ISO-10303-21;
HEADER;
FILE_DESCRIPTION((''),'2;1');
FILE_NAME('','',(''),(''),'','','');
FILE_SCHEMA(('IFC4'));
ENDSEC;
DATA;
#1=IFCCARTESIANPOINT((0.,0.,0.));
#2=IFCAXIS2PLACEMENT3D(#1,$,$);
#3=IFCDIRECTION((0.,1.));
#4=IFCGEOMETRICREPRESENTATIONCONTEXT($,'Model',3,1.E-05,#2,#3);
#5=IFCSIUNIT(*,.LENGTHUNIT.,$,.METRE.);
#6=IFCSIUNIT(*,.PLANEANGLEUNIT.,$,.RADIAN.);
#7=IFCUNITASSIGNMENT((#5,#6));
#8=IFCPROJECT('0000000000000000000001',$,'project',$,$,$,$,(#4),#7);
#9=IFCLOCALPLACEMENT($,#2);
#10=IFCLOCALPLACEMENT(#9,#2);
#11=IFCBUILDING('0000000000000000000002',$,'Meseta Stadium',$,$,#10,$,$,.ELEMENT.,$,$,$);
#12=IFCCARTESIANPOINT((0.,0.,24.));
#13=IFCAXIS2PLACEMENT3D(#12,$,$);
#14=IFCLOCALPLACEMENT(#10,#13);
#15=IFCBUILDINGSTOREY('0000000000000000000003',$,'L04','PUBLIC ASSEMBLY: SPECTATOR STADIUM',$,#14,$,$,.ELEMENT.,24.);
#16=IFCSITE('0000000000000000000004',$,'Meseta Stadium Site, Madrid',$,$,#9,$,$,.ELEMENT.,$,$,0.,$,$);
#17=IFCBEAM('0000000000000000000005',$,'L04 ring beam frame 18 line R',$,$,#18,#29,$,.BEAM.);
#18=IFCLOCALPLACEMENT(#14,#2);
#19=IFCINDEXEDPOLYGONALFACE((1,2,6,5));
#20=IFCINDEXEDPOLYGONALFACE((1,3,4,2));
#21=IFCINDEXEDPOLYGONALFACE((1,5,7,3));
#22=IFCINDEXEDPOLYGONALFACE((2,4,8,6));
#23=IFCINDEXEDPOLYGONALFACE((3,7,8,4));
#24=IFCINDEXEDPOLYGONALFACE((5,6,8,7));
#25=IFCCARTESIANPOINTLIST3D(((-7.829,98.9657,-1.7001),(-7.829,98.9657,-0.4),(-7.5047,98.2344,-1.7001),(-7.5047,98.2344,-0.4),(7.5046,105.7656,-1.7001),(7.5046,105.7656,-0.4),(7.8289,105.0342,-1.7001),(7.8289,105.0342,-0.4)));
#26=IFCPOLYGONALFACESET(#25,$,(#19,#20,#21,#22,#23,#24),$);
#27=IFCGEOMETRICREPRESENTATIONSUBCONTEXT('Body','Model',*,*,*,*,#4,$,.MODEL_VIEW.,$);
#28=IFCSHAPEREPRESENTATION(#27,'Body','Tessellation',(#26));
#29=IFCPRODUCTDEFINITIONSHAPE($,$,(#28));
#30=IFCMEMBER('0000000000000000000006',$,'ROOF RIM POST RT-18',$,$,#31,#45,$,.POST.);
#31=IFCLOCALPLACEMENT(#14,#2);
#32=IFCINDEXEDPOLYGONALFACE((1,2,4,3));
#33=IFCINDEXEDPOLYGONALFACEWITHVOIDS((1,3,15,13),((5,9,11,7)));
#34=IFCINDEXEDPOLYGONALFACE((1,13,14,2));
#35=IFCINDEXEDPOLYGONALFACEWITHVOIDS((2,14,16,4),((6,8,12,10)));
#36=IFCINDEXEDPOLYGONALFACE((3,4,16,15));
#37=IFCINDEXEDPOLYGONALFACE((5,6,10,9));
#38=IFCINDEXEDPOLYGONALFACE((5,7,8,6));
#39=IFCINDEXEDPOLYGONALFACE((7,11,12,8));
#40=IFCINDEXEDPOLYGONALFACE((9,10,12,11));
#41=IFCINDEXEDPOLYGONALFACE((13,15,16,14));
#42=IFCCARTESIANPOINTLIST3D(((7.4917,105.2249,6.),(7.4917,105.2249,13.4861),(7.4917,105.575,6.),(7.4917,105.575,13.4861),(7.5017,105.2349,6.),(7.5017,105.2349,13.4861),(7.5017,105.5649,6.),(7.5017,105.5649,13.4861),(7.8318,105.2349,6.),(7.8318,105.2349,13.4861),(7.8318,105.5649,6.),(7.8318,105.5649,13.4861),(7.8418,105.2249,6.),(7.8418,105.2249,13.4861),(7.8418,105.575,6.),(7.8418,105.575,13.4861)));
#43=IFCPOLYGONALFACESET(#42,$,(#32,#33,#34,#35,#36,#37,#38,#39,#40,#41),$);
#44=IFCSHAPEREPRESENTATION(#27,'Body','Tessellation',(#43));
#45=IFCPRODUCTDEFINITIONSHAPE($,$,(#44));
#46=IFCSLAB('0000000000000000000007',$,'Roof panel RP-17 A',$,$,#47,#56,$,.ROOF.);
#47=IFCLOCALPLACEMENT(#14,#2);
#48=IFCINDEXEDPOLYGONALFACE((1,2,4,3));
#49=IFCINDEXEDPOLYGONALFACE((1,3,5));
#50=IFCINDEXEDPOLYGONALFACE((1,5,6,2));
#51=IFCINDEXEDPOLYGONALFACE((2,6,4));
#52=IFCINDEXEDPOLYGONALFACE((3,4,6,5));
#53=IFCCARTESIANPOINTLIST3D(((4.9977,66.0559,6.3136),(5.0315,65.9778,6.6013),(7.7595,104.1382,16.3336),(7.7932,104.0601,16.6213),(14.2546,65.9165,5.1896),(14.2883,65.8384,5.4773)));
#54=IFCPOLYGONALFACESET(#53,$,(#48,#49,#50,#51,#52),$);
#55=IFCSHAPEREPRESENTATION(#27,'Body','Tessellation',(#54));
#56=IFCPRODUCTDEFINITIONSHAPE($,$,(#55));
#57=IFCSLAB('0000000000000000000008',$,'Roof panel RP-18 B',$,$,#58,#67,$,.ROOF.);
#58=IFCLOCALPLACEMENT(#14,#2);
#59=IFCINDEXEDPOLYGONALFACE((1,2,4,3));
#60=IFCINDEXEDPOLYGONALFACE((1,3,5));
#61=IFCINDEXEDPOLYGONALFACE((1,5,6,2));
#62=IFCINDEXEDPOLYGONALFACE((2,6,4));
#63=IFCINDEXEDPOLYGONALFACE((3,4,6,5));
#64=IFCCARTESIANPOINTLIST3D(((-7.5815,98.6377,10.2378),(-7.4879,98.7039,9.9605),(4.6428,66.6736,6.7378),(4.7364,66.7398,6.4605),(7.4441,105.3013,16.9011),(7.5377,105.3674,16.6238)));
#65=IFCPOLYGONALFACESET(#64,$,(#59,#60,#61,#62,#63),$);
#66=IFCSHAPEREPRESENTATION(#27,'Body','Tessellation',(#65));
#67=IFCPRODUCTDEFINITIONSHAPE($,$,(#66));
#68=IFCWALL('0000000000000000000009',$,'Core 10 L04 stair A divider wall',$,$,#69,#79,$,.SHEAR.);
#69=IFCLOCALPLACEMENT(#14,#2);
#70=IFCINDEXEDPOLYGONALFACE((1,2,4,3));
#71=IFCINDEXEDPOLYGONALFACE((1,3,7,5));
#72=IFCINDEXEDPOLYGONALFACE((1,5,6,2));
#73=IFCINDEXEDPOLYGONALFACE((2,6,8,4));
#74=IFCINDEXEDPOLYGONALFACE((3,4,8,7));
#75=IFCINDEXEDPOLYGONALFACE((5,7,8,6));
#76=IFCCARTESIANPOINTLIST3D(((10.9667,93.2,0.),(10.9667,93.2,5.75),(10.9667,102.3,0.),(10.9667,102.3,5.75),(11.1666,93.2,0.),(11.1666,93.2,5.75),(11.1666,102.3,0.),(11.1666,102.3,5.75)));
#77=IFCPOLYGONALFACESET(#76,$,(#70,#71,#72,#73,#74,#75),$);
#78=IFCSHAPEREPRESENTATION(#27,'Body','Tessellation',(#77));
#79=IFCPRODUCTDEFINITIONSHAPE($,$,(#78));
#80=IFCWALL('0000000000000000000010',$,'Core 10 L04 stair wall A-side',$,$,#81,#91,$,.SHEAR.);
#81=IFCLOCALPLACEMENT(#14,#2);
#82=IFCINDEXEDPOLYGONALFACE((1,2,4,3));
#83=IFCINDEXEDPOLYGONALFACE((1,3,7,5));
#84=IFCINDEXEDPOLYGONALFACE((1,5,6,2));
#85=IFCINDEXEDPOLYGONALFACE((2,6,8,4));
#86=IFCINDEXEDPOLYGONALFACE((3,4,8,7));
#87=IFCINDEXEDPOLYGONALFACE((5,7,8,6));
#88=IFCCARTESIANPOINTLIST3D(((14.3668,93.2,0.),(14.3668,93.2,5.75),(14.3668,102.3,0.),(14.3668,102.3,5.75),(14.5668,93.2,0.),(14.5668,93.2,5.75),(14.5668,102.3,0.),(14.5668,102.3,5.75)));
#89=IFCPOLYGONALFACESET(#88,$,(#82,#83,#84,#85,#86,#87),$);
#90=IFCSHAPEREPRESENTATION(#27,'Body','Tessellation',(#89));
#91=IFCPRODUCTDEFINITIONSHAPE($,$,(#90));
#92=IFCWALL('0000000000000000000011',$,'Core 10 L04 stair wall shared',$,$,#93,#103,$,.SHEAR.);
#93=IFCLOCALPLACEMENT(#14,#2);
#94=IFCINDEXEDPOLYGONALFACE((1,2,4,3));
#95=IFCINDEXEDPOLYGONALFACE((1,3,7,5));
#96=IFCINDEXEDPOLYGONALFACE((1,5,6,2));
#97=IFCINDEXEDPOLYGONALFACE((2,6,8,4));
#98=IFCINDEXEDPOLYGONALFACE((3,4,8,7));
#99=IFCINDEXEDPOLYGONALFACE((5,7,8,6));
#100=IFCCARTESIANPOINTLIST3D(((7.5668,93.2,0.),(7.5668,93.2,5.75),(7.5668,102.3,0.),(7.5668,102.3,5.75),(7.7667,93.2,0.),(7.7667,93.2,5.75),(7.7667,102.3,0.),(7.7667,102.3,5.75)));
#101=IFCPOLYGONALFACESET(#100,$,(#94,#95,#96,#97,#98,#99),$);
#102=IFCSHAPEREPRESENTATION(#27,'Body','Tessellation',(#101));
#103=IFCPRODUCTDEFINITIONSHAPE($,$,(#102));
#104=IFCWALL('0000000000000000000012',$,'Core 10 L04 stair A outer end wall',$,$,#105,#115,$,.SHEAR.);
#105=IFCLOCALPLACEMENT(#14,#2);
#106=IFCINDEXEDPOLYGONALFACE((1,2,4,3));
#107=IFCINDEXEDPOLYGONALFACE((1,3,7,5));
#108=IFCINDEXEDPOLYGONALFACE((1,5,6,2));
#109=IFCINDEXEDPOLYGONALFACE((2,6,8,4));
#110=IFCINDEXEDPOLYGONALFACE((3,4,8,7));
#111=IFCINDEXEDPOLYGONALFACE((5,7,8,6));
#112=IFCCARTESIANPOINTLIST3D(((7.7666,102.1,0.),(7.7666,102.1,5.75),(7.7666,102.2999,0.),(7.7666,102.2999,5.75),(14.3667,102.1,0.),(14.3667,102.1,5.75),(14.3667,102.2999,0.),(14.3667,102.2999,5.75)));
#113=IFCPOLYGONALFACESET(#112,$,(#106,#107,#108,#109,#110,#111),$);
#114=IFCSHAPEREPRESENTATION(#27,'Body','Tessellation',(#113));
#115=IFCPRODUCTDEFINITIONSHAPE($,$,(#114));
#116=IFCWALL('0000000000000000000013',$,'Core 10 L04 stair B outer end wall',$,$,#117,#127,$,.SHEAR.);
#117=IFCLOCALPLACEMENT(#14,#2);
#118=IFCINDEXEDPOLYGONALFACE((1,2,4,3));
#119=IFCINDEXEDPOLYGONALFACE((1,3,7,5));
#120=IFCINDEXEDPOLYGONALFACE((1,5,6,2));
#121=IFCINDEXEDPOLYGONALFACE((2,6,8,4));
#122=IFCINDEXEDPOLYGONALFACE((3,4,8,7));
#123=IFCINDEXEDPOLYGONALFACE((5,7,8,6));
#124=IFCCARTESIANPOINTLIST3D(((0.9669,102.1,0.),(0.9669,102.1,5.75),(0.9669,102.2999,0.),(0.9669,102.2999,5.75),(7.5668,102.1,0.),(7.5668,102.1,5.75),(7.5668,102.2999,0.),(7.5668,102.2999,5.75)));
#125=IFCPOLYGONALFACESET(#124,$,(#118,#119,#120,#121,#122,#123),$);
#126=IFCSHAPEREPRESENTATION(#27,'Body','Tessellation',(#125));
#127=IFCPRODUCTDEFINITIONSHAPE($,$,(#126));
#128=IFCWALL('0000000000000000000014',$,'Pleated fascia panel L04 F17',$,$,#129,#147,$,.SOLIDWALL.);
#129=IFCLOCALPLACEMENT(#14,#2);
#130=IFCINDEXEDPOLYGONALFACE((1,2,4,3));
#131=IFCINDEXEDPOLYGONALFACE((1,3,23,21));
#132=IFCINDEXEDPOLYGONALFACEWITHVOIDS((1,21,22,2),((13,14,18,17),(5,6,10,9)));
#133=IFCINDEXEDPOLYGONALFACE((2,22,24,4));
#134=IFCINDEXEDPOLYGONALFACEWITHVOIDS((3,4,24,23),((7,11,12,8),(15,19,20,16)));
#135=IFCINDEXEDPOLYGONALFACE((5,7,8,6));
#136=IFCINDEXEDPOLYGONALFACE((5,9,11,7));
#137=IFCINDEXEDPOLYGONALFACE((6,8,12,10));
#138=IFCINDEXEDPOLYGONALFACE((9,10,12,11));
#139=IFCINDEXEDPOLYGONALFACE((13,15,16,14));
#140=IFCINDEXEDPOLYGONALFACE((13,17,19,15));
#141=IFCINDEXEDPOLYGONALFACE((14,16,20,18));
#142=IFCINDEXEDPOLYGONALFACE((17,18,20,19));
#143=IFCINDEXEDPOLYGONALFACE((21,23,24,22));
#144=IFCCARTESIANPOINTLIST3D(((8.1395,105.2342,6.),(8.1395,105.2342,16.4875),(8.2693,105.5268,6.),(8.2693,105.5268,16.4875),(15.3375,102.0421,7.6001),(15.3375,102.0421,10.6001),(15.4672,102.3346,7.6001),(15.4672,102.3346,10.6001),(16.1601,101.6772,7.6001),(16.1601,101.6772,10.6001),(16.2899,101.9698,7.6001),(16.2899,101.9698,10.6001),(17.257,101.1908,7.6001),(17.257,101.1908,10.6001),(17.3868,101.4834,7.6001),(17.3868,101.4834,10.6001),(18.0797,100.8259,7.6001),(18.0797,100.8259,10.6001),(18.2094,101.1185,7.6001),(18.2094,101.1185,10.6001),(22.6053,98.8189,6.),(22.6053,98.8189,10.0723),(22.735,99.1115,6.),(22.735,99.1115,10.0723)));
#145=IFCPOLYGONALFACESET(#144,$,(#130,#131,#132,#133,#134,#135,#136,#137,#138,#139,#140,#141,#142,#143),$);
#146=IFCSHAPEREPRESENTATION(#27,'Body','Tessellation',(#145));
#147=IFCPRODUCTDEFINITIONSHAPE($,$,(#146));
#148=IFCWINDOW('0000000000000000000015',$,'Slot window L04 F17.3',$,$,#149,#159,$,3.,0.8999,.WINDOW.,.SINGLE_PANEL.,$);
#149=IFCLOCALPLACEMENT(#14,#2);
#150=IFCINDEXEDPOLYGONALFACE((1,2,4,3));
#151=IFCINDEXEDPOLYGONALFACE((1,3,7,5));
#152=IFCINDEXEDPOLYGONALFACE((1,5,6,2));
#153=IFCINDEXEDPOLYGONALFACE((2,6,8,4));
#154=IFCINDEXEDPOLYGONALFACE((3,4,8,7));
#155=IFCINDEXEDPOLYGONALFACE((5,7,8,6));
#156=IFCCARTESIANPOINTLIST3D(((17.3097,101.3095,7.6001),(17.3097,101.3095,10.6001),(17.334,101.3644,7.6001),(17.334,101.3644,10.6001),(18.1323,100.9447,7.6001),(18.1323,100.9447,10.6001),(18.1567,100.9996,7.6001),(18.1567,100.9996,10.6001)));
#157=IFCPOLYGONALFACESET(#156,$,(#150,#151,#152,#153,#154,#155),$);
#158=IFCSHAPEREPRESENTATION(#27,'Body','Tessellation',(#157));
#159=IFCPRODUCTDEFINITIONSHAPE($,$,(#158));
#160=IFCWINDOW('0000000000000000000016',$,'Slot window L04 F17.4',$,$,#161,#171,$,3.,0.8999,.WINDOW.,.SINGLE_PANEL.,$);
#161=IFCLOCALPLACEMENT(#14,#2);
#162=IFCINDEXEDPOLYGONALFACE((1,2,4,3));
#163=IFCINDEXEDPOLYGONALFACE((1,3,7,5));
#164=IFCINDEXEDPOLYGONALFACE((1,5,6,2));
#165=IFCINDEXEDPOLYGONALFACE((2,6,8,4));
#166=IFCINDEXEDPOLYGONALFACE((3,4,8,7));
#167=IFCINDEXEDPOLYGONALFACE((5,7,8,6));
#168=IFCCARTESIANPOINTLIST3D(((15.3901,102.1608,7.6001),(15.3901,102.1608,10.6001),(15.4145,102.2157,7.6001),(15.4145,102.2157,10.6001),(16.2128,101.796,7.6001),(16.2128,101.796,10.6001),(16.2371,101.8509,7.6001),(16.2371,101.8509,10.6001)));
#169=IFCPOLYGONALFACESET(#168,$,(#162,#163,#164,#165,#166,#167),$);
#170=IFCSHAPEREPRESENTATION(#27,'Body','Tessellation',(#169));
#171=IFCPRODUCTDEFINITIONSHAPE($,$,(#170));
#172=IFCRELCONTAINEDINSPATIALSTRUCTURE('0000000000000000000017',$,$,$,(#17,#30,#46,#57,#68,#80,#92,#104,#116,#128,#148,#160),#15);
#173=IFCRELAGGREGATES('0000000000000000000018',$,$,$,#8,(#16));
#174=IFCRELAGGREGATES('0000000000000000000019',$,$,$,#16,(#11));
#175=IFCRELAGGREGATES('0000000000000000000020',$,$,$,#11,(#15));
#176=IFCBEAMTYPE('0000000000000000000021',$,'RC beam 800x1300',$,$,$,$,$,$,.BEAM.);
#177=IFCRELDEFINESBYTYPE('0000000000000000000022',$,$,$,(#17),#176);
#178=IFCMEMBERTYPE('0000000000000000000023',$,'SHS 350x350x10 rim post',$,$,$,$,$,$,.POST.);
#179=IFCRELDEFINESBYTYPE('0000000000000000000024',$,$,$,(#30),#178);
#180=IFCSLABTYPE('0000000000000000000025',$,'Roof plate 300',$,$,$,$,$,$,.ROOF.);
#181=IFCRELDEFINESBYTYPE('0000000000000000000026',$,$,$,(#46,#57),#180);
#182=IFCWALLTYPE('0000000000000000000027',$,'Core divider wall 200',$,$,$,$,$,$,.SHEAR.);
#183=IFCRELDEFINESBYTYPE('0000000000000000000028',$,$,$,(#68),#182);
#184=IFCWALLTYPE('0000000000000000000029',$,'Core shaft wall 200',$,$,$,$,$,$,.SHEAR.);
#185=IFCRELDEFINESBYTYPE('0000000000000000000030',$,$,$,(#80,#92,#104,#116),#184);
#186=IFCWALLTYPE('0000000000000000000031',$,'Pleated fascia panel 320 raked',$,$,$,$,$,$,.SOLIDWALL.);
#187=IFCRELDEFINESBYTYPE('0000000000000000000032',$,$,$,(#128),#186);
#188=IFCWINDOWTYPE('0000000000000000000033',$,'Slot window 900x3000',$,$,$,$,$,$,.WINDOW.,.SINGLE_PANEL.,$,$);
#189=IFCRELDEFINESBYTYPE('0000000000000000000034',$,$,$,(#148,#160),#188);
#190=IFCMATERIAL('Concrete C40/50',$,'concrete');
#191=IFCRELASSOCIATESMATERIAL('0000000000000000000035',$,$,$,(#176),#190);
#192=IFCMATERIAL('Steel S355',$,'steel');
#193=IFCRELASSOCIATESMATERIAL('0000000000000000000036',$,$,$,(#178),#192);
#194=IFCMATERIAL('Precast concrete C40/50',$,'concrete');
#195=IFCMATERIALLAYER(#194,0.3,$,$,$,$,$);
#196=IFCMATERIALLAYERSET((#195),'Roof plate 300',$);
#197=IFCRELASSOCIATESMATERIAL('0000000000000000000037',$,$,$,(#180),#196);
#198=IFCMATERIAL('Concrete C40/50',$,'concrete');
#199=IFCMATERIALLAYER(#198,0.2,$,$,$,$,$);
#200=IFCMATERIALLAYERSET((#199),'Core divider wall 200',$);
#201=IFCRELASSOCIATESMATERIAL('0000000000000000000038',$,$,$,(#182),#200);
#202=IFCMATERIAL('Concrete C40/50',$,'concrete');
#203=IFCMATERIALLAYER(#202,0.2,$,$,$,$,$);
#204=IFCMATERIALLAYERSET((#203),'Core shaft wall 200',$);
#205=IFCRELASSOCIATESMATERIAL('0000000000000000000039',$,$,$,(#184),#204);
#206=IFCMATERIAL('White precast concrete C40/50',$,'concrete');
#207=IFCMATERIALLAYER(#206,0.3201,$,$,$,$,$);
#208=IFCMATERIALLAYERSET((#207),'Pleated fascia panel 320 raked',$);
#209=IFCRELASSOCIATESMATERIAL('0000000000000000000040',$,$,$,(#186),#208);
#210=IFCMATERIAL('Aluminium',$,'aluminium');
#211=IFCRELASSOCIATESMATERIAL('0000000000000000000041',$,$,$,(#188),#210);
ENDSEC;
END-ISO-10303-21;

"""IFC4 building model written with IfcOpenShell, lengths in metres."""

from ifc_helpers import new_model, si_unit, direction, frame, frame_2d, origin, origin_2d, place, context, subcontext, project, spatial, polyline, rectangle, hollow_rectangle, outline, extrude, material, layer, layer_set, material_profile, profile_set, type_object, element, fill, save


model = new_model("IFC4")

# Units and contexts
model_context = context("Model", 3, precision=1e-05, world=origin(), true_north=direction((0.0, 1.0)))
body_context = subcontext(model_context, "Body", "Model", "MODEL_VIEW")
ifc_project = project(units=[si_unit("LENGTHUNIT", "METRE"), si_unit("PLANEANGLEUNIT", "RADIAN")], contexts=[model_context])

# Site, building, storey
site_placement = place(None, origin())
site = spatial("IfcSite", under=ifc_project, at=site_placement, Name="Meseta Stadium Site, Madrid", CompositionType="ELEMENT", RefElevation=0.0)
building_placement = place(site_placement, origin())
building = spatial("IfcBuilding", under=site, at=building_placement, Name="Meseta Stadium", CompositionType="ELEMENT")
storey_placement = place(building_placement, frame((0.0, 0.0, 24.0)))
storey = spatial("IfcBuildingStorey", under=building, at=storey_placement, Name="L04", Description="PUBLIC ASSEMBLY: SPECTATOR STADIUM", CompositionType="ELEMENT", Elevation=24.0)

# Beam
ifc_material_1 = material(Name="Concrete C40/50", Category="concrete")
ifc_material_profile_1 = material_profile(ifc_material_1, rectangle(XDim=0.8, YDim=1.3, at=origin_2d()), Name="RC 800x1300")
ifc_profile_set_1 = profile_set([ifc_material_profile_1], Name="Concrete C40/50")
beam_type_1 = type_object("IfcBeamType", Name="RC beam 800x1300", PredefinedType="BEAM", material=ifc_profile_set_1)
beam_1_placement = place(storey_placement, frame((7.6667, 105.3999, -1.05), z_axis=(-0.914145, -0.405387, 0.0), x_axis=(0.405387, -0.914145, 0.0)))
element("IfcBeam", 1, at=beam_1_placement, inside=storey, type_object=beam_type_1, Name="L04 ring beam frame 18 line R", PredefinedType="BEAM", context=body_context, shape_type="SweptSolid", body=[
    extrude(rectangle(XDim=0.8, YDim=1.3, at=origin_2d()), origin(), (0.0, 0.0, 1.0), 16.7737),
])

# Member
ifc_material_2 = material(Name="Steel S355", Category="steel")
ifc_material_profile_2 = material_profile(ifc_material_2, hollow_rectangle(XDim=0.3501, YDim=0.3501, WallThickness=0.01, at=origin_2d()), Name="SHS 350x350x10")
ifc_profile_set_2 = profile_set([ifc_material_profile_2], Name="Steel S355")
member_type_1 = type_object("IfcMemberType", Name="SHS 350x350x10 rim post", PredefinedType="POST", material=ifc_profile_set_2)
member_1_placement = place(storey_placement, frame((7.6667, 105.3999, 6.0), z_axis=(0.0, 0.0, 1.0), x_axis=(1.0, 0.0, 0.0)))
element("IfcMember", 2, at=member_1_placement, inside=storey, type_object=member_type_1, Name="ROOF RIM POST RT-18", PredefinedType="POST", context=body_context, shape_type="SweptSolid", body=[
    extrude(hollow_rectangle(XDim=0.3501, YDim=0.3501, WallThickness=0.01, at=origin_2d()), origin(), (0.0, 0.0, 1.0), 7.4861),
])

# Slabs
ifc_material_3 = material(Name="Precast concrete C40/50", Category="concrete")
ifc_layer_1 = layer(ifc_material_3, 0.3)
ifc_layer_set_1 = layer_set([ifc_layer_1], Name="Roof plate 300")
slab_type = type_object("IfcSlabType", Name="Roof plate 300", PredefinedType="ROOF", material=ifc_layer_set_1)
slab_1_placement = place(storey_placement, frame((7.7932, 104.0601, 16.6213), z_axis=(0.112514, -0.260462, 0.958906), x_axis=(0.161011, -0.947501, -0.276257)))
element("IfcSlab", 3, at=slab_1_placement, inside=storey, type_object=slab_type, Name="Roof panel RP-17 A", PredefinedType="ROOF", context=body_context, shape_type="SweptSolid", body=[
    extrude(outline(polyline([(0.0, 0.0), (40.3395, 0.0), (38.4064, -9.1233), (0.0, 0.0)])), origin(), (0.0, 0.0, -1.0), 0.3),
])
slab_2_placement = place(storey_placement, frame((7.4441, 105.3013, 16.9011), z_axis=(-0.312022, -0.22052, 0.924129), x_axis=(-0.069961, -0.964716, -0.253827)))
element("IfcSlab", 4, at=slab_2_placement, inside=storey, type_object=slab_type, Name="Roof panel RP-18 B", PredefinedType="ROOF", context=body_context, shape_type="SweptSolid", body=[
    extrude(outline(polyline([(0.0, 0.0), (40.0405, 0.0), (9.171, -15.1811), (0.0, 0.0)])), origin(), (0.0, 0.0, -1.0), 0.3),
])

# Walls
ifc_material_4 = material(Name="Concrete C40/50", Category="concrete")
ifc_layer_2 = layer(ifc_material_4, 0.2)
ifc_layer_set_2 = layer_set([ifc_layer_2], Name="Core divider wall 200")
wall_type_1 = type_object("IfcWallType", Name="Core divider wall 200", PredefinedType="SHEAR", material=ifc_layer_set_2)
wall_1_placement = place(storey_placement, frame((11.0667, 102.3, 0.0), z_axis=(0.0, 0.0, 1.0), x_axis=(0.0, -1.0, 0.0)))
element("IfcWall", 5, at=wall_1_placement, inside=storey, type_object=wall_type_1, Name="Core 10 L04 stair A divider wall", PredefinedType="SHEAR", context=body_context, shape_type="SweptSolid", body=[
    extrude(rectangle(XDim=9.1001, YDim=0.2, at=frame_2d((4.55, 0.0))), origin(), (0.0, 0.0, 1.0), 5.75),
])
ifc_material_5 = material(Name="Concrete C40/50", Category="concrete")
ifc_layer_3 = layer(ifc_material_5, 0.2)
ifc_layer_set_3 = layer_set([ifc_layer_3], Name="Core shaft wall 200")
wall_type_2 = type_object("IfcWallType", Name="Core shaft wall 200", PredefinedType="SHEAR", material=ifc_layer_set_3)
for number, where, z_axis, x_axis, name in (
    (6, (14.4668, 102.3, 0.0), (0.0, 0.0, 1.0), (0.0, -1.0, 0.0), "Core 10 L04 stair wall A-side"),
    (7, (7.6667, 102.3, 0.0), (0.0, 0.0, 1.0), (0.0, -1.0, 0.0), "Core 10 L04 stair wall shared"),
):
    element("IfcWall", number, at=place(storey_placement, frame(where, z_axis=z_axis, x_axis=x_axis)), inside=storey, type_object=wall_type_2, Name=name, PredefinedType="SHEAR", context=body_context, shape_type="SweptSolid", body=[
        extrude(rectangle(XDim=9.1001, YDim=0.2, at=frame_2d((4.55, 0.0))), origin(), (0.0, 0.0, 1.0), 5.75),
    ])
wall_2_placement = place(storey_placement, frame((14.3667, 102.2, 0.0), z_axis=(0.0, 0.0, 1.0), x_axis=(-1.0, 0.0, 0.0)))
element("IfcWall", 8, at=wall_2_placement, inside=storey, type_object=wall_type_2, Name="Core 10 L04 stair A outer end wall", PredefinedType="SHEAR", context=body_context, shape_type="SweptSolid", body=[
    extrude(rectangle(XDim=6.6001, YDim=0.2, at=frame_2d((3.3, 0.0))), origin(), (0.0, 0.0, 1.0), 5.75),
])
wall_3_placement = place(storey_placement, frame((7.5667, 102.2, 0.0), z_axis=(0.0, 0.0, 1.0), x_axis=(-1.0, 0.0, 0.0)))
element("IfcWall", 9, at=wall_3_placement, inside=storey, type_object=wall_type_2, Name="Core 10 L04 stair B outer end wall", PredefinedType="SHEAR", context=body_context, shape_type="SweptSolid", body=[
    extrude(rectangle(XDim=6.5999, YDim=0.2, at=frame_2d((3.2998, 0.0))), origin(), (0.0, 0.0, 1.0), 5.75),
])

# Wall, openings, windows
ifc_material_6 = material(Name="White precast concrete C40/50", Category="concrete")
ifc_layer_4 = layer(ifc_material_6, 0.3201)
ifc_layer_set_4 = layer_set([ifc_layer_4], Name="Pleated fascia panel 320 raked")
wall_type_3 = type_object("IfcWallType", Name="Pleated fascia panel 320 raked", PredefinedType="SOLIDWALL", material=ifc_layer_set_4)
wall_4_placement = place(storey_placement, frame((8.2043, 105.3804, 6.0), z_axis=(0.0, 0.0, 1.0), x_axis=(0.914139, -0.405401, 0.0)))
wall_4 = element("IfcWall", 10, at=wall_4_placement, inside=storey, type_object=wall_type_3, Name="Pleated fascia panel L04 F17", PredefinedType="SOLIDWALL", context=body_context, shape_type="SweptSolid", body=[
    extrude(outline(polyline([(0.0, 0.0), (15.8245, 0.0), (15.8245, 4.0723), (0.0, 10.4875), (0.0, 0.0)])), frame((0.0, 0.1602, 0.0), z_axis=(0.0, -1.0, 0.0), x_axis=(1.0, 0.0, 0.0)), (0.0, 0.0, 1.0), 0.3201),
])
opening_1_placement = place(wall_4_placement, frame((9.9739, 0.0, 1.6001)))
opening_1 = element("IfcOpeningElement", 11, at=opening_1_placement, cuts=wall_4, PredefinedType="OPENING", context=body_context, shape_type="SweptSolid", body=[
    extrude(rectangle(XDim=0.8999, YDim=3.0, at=frame_2d((0.45, 1.5))), frame((0.0, 0.1699, 0.0), z_axis=(0.0, -1.0, 0.0), x_axis=(1.0, 0.0, 0.0)), (0.0, 0.0, 1.0), 0.3401),
])
opening_2_placement = place(wall_4_placement, frame((7.874, 0.0, 1.6001)))
opening_2 = element("IfcOpeningElement", 12, at=opening_2_placement, cuts=wall_4, PredefinedType="OPENING", context=body_context, shape_type="SweptSolid", body=[
    extrude(rectangle(XDim=0.8999, YDim=3.0, at=frame_2d((0.45, 1.5))), frame((0.0, 0.1699, 0.0), z_axis=(0.0, -1.0, 0.0), x_axis=(1.0, 0.0, 0.0)), (0.0, 0.0, 1.0), 0.3401),
])
ifc_material_7 = material(Name="Aluminium", Category="aluminium")
window_type_1 = type_object("IfcWindowType", Name="Slot window 900x3000", PartitioningType="SINGLE_PANEL", PredefinedType="WINDOW", material=ifc_material_7)
window_1_placement = place(opening_1_placement, origin())
window_1 = element("IfcWindow", 13, at=window_1_placement, inside=storey, type_object=window_type_1, Name="Slot window L04 F17.3", OverallHeight=3.0, OverallWidth=0.8999, PartitioningType="SINGLE_PANEL", PredefinedType="WINDOW", context=body_context, shape_type="SweptSolid", body=[
    extrude(rectangle(XDim=0.8999, YDim=3.0, at=frame_2d((0.45, 1.5))), frame((0.0, 0.03, 0.0), z_axis=(0.0, -1.0, 0.0), x_axis=(1.0, 0.0, 0.0)), (0.0, 0.0, 1.0), 0.0601),
])
fill(opening_1, window_1)
window_2_placement = place(opening_2_placement, origin())
window_2 = element("IfcWindow", 14, at=window_2_placement, inside=storey, type_object=window_type_1, Name="Slot window L04 F17.4", OverallHeight=3.0, OverallWidth=0.8999, PartitioningType="SINGLE_PANEL", PredefinedType="WINDOW", context=body_context, shape_type="SweptSolid", body=[
    extrude(rectangle(XDim=0.8999, YDim=3.0, at=frame_2d((0.45, 1.5))), frame((0.0, 0.03, 0.0), z_axis=(0.0, -1.0, 0.0), x_axis=(1.0, 0.0, 0.0)), (0.0, 0.0, 1.0), 0.0601),
])
fill(opening_2, window_2)

save(model, "model.ifc")
